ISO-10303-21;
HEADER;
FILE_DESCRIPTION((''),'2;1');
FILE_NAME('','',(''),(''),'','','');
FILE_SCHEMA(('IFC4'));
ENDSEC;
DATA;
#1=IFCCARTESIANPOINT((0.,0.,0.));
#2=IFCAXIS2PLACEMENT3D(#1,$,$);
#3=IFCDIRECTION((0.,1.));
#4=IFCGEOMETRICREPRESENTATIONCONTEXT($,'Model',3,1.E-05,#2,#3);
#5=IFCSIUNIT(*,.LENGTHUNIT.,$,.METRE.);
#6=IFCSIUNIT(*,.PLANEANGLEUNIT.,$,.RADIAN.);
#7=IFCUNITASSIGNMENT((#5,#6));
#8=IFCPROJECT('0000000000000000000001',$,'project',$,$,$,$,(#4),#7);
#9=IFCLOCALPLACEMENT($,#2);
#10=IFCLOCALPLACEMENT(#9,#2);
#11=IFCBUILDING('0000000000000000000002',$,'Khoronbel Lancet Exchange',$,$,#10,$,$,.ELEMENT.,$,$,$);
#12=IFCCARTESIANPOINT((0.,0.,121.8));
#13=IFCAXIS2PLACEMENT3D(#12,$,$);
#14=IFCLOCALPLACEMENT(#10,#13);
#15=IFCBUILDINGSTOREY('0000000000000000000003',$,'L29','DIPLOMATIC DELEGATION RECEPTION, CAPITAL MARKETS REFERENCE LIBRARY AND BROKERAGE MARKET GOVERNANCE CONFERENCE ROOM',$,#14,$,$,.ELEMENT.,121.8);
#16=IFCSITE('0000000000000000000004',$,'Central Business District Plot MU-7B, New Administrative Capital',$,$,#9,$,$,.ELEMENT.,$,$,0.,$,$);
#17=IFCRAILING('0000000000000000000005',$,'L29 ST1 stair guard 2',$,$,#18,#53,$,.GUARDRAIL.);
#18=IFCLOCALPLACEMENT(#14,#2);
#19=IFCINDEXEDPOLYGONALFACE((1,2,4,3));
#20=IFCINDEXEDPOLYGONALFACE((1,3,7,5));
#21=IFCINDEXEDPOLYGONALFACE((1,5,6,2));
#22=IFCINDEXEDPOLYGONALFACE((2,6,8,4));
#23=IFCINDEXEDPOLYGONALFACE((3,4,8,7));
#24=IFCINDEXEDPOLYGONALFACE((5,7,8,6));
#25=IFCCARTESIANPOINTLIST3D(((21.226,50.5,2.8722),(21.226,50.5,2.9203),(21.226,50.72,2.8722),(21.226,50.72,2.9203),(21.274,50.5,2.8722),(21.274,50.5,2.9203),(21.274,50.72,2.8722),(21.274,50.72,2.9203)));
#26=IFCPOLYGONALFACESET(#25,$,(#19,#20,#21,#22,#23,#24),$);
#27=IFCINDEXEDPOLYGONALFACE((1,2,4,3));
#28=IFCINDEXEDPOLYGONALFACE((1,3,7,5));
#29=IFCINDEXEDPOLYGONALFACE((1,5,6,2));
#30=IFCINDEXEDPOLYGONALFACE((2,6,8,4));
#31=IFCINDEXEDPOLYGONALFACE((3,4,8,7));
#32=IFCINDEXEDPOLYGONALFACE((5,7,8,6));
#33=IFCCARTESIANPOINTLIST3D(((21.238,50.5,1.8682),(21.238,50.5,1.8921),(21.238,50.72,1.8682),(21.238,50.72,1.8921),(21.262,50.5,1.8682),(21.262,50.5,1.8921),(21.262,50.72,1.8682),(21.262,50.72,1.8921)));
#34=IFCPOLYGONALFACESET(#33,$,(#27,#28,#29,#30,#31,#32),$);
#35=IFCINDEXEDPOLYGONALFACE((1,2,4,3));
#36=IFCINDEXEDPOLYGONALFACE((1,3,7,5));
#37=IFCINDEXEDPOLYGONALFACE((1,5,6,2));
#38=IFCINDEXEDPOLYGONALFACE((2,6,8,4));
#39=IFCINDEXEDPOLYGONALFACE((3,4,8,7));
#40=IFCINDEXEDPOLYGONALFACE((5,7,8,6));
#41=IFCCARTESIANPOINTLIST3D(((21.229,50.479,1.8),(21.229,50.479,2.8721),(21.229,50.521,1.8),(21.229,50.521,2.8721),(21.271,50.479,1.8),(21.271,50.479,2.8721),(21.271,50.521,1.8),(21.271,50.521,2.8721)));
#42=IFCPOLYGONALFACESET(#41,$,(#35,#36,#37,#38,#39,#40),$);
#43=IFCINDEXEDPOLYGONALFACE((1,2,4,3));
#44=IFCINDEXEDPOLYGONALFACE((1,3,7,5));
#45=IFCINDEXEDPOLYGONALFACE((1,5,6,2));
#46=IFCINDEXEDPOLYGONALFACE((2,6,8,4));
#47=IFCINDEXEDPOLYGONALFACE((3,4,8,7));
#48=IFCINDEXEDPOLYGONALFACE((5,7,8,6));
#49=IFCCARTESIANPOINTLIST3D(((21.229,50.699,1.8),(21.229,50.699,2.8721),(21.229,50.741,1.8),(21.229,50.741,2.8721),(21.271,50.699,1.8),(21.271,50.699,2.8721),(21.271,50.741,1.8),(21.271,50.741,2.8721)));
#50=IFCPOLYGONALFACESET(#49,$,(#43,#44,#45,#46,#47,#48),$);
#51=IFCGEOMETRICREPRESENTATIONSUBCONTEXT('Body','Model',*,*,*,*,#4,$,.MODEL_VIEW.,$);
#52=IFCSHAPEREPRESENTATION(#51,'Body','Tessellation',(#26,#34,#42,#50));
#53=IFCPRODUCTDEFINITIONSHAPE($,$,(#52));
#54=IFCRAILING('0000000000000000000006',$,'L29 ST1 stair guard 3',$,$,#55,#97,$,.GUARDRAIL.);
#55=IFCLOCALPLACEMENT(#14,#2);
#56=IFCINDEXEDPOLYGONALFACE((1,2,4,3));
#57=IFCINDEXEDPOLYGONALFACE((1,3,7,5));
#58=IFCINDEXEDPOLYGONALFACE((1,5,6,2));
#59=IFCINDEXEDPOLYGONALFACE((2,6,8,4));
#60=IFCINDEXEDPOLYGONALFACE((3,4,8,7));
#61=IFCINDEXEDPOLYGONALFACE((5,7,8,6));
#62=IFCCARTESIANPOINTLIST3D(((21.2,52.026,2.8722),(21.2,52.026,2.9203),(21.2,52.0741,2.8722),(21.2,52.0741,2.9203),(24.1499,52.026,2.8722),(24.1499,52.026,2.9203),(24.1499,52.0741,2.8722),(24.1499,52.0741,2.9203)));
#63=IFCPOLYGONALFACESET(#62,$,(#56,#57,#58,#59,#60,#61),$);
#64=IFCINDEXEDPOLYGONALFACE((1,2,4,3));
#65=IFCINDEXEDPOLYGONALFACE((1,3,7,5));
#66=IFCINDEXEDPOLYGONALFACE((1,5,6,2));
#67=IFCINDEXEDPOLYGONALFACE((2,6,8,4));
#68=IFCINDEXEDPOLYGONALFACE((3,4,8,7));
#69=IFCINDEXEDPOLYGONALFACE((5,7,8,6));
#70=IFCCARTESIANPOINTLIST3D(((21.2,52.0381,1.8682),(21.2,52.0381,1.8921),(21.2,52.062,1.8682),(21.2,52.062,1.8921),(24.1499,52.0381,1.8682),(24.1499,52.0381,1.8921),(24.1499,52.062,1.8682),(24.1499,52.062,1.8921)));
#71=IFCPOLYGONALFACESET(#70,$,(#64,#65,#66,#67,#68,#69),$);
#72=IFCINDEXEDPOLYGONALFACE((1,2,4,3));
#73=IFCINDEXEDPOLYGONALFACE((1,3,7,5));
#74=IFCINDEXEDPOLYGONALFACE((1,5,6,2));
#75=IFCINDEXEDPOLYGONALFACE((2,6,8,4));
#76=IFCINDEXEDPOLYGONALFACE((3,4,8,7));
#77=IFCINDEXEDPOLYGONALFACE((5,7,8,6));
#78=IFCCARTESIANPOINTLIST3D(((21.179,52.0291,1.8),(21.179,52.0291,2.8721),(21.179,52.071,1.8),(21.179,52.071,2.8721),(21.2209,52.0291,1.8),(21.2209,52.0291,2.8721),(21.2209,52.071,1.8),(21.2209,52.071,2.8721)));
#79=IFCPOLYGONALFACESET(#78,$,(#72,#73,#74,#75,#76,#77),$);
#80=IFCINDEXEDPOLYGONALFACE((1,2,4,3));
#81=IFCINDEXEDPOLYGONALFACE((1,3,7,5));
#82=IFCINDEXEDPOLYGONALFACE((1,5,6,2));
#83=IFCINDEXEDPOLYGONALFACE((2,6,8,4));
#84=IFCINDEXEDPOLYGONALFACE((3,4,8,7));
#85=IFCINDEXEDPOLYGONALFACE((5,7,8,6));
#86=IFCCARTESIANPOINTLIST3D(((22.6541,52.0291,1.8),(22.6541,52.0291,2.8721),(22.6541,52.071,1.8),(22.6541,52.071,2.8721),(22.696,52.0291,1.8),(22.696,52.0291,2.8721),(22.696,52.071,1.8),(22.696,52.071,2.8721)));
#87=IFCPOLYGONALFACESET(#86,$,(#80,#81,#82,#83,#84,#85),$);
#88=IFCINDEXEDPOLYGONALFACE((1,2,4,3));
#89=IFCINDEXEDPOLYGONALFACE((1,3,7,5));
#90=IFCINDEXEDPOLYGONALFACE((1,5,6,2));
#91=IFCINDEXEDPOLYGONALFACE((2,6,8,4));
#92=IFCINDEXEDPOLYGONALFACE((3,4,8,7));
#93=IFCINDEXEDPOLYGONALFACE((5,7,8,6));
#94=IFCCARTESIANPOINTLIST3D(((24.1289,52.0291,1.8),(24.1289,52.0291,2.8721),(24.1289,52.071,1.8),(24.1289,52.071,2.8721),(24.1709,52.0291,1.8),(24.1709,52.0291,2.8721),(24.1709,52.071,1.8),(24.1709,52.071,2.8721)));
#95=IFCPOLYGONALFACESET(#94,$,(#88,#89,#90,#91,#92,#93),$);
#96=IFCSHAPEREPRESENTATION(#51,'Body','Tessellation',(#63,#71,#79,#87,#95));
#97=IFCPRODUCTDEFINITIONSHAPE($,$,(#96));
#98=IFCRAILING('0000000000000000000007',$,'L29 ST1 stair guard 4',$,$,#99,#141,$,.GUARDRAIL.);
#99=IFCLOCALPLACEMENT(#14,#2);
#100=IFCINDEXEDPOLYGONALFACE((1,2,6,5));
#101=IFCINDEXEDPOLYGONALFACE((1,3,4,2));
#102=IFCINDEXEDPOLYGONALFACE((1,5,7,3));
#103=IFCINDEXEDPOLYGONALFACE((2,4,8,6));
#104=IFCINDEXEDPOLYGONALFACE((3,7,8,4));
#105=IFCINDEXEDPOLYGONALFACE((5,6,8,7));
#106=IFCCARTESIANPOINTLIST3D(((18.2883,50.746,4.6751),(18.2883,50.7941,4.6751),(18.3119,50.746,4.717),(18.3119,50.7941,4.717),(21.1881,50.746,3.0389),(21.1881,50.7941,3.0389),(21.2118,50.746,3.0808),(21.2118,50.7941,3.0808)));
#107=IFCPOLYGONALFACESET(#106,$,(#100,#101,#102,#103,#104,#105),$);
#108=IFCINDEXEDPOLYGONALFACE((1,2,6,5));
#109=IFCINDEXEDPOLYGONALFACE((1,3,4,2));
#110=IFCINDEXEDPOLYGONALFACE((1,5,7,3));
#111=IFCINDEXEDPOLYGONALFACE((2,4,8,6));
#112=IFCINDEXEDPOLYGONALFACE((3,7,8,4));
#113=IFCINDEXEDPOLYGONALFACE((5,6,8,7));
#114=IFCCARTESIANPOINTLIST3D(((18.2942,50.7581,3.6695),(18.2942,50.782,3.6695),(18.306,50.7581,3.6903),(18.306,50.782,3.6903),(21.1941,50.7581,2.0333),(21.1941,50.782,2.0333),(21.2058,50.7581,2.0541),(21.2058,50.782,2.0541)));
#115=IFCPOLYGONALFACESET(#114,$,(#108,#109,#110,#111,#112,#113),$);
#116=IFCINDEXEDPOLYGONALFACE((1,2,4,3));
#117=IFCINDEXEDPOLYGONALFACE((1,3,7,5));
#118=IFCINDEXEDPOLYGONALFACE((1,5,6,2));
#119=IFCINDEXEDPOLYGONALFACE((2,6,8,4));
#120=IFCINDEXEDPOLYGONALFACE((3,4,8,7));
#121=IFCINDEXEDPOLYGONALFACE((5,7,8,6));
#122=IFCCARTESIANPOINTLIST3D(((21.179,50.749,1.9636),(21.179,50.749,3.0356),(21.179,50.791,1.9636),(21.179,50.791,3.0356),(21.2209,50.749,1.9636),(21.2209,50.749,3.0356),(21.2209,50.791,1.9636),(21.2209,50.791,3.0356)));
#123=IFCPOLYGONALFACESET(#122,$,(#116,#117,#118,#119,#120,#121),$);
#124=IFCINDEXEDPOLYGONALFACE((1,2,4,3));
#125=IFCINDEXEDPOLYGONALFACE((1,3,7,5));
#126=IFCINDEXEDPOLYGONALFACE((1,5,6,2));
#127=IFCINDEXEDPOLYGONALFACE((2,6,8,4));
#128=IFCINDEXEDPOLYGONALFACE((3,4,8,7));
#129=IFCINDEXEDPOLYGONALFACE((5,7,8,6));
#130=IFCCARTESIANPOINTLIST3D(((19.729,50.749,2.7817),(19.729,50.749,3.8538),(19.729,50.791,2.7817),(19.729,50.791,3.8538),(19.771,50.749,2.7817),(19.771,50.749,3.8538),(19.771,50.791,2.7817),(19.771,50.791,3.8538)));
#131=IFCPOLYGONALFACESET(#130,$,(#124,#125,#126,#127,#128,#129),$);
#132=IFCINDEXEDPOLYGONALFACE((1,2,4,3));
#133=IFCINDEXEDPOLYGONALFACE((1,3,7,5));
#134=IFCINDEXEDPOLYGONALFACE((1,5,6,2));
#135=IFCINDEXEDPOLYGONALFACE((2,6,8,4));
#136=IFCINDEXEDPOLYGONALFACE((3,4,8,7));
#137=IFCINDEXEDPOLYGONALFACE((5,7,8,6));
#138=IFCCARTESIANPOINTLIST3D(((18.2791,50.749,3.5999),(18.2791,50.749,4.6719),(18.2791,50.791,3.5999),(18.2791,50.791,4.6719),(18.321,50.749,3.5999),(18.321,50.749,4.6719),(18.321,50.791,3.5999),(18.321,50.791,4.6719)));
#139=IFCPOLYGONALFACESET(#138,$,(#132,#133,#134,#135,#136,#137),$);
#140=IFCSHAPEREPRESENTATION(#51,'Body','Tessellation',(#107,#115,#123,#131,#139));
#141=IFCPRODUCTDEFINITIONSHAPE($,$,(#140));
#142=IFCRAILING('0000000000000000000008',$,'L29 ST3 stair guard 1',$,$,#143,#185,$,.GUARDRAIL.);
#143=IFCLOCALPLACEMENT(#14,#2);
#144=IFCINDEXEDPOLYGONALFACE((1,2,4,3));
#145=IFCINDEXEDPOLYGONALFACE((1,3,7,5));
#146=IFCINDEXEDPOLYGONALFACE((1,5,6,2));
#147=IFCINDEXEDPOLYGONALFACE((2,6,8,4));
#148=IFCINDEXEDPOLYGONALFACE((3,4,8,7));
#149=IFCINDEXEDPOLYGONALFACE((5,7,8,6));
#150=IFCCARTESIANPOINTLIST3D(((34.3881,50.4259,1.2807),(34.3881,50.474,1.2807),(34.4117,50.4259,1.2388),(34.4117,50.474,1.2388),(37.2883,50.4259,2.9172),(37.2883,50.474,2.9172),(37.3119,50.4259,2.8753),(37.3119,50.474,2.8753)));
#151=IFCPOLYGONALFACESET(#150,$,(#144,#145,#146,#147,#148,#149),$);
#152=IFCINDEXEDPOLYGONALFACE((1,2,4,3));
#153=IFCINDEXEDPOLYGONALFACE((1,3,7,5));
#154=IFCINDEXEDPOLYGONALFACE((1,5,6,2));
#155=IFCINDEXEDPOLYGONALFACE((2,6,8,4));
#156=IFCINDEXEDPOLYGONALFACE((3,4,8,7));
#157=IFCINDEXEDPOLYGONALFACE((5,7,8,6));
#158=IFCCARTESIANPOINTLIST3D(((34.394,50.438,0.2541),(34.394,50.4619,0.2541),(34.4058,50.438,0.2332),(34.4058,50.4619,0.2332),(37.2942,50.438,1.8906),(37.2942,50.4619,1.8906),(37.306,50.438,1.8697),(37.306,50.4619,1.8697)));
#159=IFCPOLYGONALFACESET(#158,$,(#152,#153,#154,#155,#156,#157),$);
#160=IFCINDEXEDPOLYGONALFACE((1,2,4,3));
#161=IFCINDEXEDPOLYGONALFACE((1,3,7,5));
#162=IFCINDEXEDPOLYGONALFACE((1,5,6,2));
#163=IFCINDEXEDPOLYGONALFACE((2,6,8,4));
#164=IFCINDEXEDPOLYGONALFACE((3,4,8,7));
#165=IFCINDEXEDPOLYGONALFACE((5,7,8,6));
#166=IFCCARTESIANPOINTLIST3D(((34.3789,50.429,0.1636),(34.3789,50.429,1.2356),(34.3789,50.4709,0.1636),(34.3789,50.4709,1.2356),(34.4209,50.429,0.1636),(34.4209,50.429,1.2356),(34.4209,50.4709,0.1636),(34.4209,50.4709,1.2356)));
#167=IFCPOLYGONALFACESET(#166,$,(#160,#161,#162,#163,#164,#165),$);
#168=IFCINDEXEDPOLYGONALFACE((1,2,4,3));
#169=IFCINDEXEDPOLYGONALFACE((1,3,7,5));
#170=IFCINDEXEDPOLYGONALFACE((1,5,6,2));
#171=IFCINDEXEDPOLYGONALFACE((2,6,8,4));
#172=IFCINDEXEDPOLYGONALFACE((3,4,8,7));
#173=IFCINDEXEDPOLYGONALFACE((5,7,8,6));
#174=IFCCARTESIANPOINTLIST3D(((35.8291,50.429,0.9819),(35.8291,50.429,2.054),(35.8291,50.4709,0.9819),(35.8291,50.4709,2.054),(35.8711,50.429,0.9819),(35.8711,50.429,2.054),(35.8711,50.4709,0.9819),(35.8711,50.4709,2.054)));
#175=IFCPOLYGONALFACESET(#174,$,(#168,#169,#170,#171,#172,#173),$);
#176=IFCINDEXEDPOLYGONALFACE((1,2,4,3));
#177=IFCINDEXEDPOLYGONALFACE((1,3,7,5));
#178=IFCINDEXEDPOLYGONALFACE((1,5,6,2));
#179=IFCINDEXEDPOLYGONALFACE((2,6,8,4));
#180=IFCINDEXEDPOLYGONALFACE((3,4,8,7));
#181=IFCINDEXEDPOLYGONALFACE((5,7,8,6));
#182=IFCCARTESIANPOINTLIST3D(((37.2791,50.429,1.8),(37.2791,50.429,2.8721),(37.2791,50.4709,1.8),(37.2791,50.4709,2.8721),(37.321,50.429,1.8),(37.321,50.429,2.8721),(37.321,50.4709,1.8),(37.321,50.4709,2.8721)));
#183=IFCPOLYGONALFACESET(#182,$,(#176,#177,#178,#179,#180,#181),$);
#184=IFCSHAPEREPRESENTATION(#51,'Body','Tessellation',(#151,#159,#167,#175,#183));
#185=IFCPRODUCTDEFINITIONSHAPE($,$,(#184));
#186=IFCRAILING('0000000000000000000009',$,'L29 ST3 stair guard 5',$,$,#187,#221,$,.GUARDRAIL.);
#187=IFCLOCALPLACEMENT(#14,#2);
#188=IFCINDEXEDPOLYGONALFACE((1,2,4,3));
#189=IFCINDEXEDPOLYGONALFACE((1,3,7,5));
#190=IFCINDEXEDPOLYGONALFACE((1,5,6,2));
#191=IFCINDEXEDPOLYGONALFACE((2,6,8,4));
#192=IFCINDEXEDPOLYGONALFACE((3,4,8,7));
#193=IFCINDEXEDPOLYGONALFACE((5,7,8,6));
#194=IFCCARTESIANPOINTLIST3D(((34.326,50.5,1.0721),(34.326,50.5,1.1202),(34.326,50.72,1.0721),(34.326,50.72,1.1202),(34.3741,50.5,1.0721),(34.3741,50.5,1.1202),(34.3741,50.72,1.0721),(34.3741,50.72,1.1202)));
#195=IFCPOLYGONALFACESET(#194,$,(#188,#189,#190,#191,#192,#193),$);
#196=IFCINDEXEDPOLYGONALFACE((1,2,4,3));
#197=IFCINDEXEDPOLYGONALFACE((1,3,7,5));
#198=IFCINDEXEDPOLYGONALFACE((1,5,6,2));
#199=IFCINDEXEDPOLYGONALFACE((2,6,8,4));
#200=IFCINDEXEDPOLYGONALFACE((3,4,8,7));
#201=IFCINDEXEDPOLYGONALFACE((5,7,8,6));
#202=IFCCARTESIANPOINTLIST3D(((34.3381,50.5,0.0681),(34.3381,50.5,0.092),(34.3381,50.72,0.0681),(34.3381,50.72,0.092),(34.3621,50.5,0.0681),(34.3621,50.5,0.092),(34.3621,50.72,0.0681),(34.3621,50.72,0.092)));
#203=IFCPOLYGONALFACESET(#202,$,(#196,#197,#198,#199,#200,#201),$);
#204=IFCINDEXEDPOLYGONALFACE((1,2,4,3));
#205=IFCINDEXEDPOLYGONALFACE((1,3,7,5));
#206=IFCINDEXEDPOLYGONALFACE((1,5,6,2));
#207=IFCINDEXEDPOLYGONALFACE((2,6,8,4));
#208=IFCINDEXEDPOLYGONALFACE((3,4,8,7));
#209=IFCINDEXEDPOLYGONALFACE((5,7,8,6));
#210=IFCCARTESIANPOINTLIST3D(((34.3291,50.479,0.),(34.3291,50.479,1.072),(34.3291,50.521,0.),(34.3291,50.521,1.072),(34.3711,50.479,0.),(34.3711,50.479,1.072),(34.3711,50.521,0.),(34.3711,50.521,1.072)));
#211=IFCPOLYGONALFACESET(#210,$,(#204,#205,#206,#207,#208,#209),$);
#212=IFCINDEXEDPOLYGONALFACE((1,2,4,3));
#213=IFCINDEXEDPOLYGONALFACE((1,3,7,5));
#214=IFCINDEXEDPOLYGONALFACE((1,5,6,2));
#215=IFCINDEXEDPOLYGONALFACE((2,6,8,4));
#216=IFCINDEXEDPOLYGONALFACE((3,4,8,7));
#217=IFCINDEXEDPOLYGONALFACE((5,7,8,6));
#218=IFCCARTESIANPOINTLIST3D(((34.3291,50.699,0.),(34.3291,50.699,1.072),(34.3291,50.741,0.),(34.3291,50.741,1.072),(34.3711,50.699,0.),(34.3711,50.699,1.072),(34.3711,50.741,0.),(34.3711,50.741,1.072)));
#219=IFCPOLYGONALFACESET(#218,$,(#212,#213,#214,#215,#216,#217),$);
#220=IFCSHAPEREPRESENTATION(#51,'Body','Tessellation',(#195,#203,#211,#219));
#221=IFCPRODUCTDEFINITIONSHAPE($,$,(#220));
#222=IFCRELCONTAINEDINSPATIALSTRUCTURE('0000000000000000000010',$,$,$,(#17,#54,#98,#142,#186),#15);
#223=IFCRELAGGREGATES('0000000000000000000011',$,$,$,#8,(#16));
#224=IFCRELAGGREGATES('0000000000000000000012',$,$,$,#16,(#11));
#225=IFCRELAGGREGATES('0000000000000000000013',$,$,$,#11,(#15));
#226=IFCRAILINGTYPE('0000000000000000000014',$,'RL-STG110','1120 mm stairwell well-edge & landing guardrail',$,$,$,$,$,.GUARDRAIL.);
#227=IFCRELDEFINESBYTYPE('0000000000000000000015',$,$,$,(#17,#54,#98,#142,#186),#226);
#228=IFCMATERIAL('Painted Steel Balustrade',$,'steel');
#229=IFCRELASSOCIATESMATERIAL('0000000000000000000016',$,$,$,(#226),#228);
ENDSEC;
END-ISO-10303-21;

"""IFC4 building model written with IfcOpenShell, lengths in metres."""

from ifc_helpers import new_model, si_unit, direction, frame, origin, origin_2d, place, context, subcontext, project, spatial, rectangle, extrude, material, type_object, element, save


model = new_model("IFC4")

# Units and contexts
model_context = context("Model", 3, precision=1e-05, world=origin(), true_north=direction((0.0, 1.0)))
body_context = subcontext(model_context, "Body", "Model", "MODEL_VIEW")
ifc_project = project(units=[si_unit("LENGTHUNIT", "METRE"), si_unit("PLANEANGLEUNIT", "RADIAN")], contexts=[model_context])

# Site, building, storey
site_placement = place(None, origin())
site = spatial("IfcSite", under=ifc_project, at=site_placement, Name="Central Business District Plot MU-7B, New Administrative Capital", CompositionType="ELEMENT", RefElevation=0.0)
building_placement = place(site_placement, origin())
building = spatial("IfcBuilding", under=site, at=building_placement, Name="Khoronbel Lancet Exchange", CompositionType="ELEMENT")
storey_placement = place(building_placement, frame((0.0, 0.0, 121.8)))
storey = spatial("IfcBuildingStorey", under=building, at=storey_placement, Name="L29", Description="DIPLOMATIC DELEGATION RECEPTION, CAPITAL MARKETS REFERENCE LIBRARY AND BROKERAGE MARKET GOVERNANCE CONFERENCE ROOM", CompositionType="ELEMENT", Elevation=121.8)

# Railings
ifc_material_1 = material(Name="Painted Steel Balustrade", Category="steel")
railing_type_1 = type_object("IfcRailingType", Name="RL-STG110", Description="1120 mm stairwell well-edge & landing guardrail", PredefinedType="GUARDRAIL", material=ifc_material_1)
railing_1_placement = place(storey_placement, frame((21.25, 50.5, 1.8)))
element("IfcRailing", 1, at=railing_1_placement, inside=storey, type_object=railing_type_1, Name="L29 ST1 stair guard 2", PredefinedType="GUARDRAIL", context=body_context, shape_type="SweptSolid", body=[
    extrude(rectangle(XDim=0.0481, YDim=0.0481, at=origin_2d()), frame((0.0, 0.0, 1.0962), z_axis=(0.0, 1.0, 0.0), x_axis=(-1.0, 0.0, 0.0)), (0.0, 0.0, 1.0), 0.22),
    extrude(rectangle(XDim=0.0239, YDim=0.0239, at=origin_2d()), frame((0.0, 0.0, 0.0801), z_axis=(0.0, 1.0, 0.0), x_axis=(-1.0, 0.0, 0.0)), (0.0, 0.0, 1.0), 0.22),
    extrude(rectangle(XDim=0.042, YDim=0.042, at=origin_2d()), origin(), (0.0, 0.0, 1.0), 1.072),
    extrude(rectangle(XDim=0.042, YDim=0.042, at=origin_2d()), frame((0.0, 0.22, 0.0)), (0.0, 0.0, 1.0), 1.072),
])
railing_2_placement = place(storey_placement, frame((21.2, 52.05, 1.8)))
element("IfcRailing", 2, at=railing_2_placement, inside=storey, type_object=railing_type_1, Name="L29 ST1 stair guard 3", PredefinedType="GUARDRAIL", context=body_context, shape_type="SweptSolid", body=[
    extrude(rectangle(XDim=0.0481, YDim=0.0481, at=origin_2d()), frame((0.0, 0.0, 1.0962), z_axis=(1.0, 0.0, 0.0), x_axis=(0.0, 1.0, 0.0)), (0.0, 0.0, 1.0), 2.95),
    extrude(rectangle(XDim=0.0239, YDim=0.0239, at=origin_2d()), frame((0.0, 0.0, 0.0801), z_axis=(1.0, 0.0, 0.0), x_axis=(0.0, 1.0, 0.0)), (0.0, 0.0, 1.0), 2.95),
    extrude(rectangle(XDim=0.042, YDim=0.042, at=origin_2d()), origin(), (0.0, 0.0, 1.0), 1.072),
    extrude(rectangle(XDim=0.042, YDim=0.042, at=origin_2d()), frame((1.4751, 0.0, 0.0)), (0.0, 0.0, 1.0), 1.072),
    extrude(rectangle(XDim=0.042, YDim=0.042, at=origin_2d()), frame((2.95, 0.0, 0.0)), (0.0, 0.0, 1.0), 1.072),
])
railing_3_placement = place(storey_placement, frame((21.2, 50.77, 1.9636)))
element("IfcRailing", 3, at=railing_3_placement, inside=storey, type_object=railing_type_1, Name="L29 ST1 stair guard 4", PredefinedType="GUARDRAIL", context=body_context, shape_type="SweptSolid", body=[
    extrude(rectangle(XDim=0.0481, YDim=0.0481, at=origin_2d()), frame((0.0, 0.0, 1.0962), z_axis=(-0.870929, 0.0, 0.49141), x_axis=(0.0, -1.0, 0.0)), (0.0, 0.0, 1.0), 3.3296),
    extrude(rectangle(XDim=0.0239, YDim=0.0239, at=origin_2d()), frame((0.0, 0.0, 0.0801), z_axis=(-0.870929, 0.0, 0.49141), x_axis=(0.0, -1.0, 0.0)), (0.0, 0.0, 1.0), 3.3296),
    extrude(rectangle(XDim=0.042, YDim=0.042, at=origin_2d()), origin(), (0.0, 0.0, 1.0), 1.072),
    extrude(rectangle(XDim=0.042, YDim=0.042, at=origin_2d()), frame((-1.45, 0.0, 0.8181)), (0.0, 0.0, 1.0), 1.072),
    extrude(rectangle(XDim=0.042, YDim=0.042, at=origin_2d()), frame((-2.8999, 0.0, 1.6362)), (0.0, 0.0, 1.0), 1.072),
])
railing_4_placement = place(storey_placement, frame((34.3999, 50.45, 0.1636)))
element("IfcRailing", 4, at=railing_4_placement, inside=storey, type_object=railing_type_1, Name="L29 ST3 stair guard 1", PredefinedType="GUARDRAIL", context=body_context, shape_type="SweptSolid", body=[
    extrude(rectangle(XDim=0.0481, YDim=0.0481, at=origin_2d()), frame((0.0, 0.0, 1.0962), z_axis=(0.870915, 0.0, 0.491434), x_axis=(0.0, 1.0, 0.0)), (0.0, 0.0, 1.0), 3.3301),
    extrude(rectangle(XDim=0.0239, YDim=0.0239, at=origin_2d()), frame((0.0, 0.0, 0.0801), z_axis=(0.870915, 0.0, 0.491434), x_axis=(0.0, 1.0, 0.0)), (0.0, 0.0, 1.0), 3.3301),
    extrude(rectangle(XDim=0.042, YDim=0.042, at=origin_2d()), origin(), (0.0, 0.0, 1.0), 1.072),
    extrude(rectangle(XDim=0.042, YDim=0.042, at=origin_2d()), frame((1.4502, 0.0, 0.8184)), (0.0, 0.0, 1.0), 1.072),
    extrude(rectangle(XDim=0.042, YDim=0.042, at=origin_2d()), frame((2.9001, 0.0, 1.6365)), (0.0, 0.0, 1.0), 1.072),
])
railing_5_placement = place(storey_placement, frame((34.3501, 50.5, 0.0)))
element("IfcRailing", 5, at=railing_5_placement, inside=storey, type_object=railing_type_1, Name="L29 ST3 stair guard 5", PredefinedType="GUARDRAIL", context=body_context, shape_type="SweptSolid", body=[
    extrude(rectangle(XDim=0.0481, YDim=0.0481, at=origin_2d()), frame((0.0, 0.0, 1.0962), z_axis=(0.0, 1.0, 0.0), x_axis=(-1.0, 0.0, 0.0)), (0.0, 0.0, 1.0), 0.22),
    extrude(rectangle(XDim=0.0239, YDim=0.0239, at=origin_2d()), frame((0.0, 0.0, 0.0801), z_axis=(0.0, 1.0, 0.0), x_axis=(-1.0, 0.0, 0.0)), (0.0, 0.0, 1.0), 0.22),
    extrude(rectangle(XDim=0.042, YDim=0.042, at=origin_2d()), origin(), (0.0, 0.0, 1.0), 1.072),
    extrude(rectangle(XDim=0.042, YDim=0.042, at=origin_2d()), frame((0.0, 0.22, 0.0)), (0.0, 0.0, 1.0), 1.072),
])

save(model, "model.ifc")
